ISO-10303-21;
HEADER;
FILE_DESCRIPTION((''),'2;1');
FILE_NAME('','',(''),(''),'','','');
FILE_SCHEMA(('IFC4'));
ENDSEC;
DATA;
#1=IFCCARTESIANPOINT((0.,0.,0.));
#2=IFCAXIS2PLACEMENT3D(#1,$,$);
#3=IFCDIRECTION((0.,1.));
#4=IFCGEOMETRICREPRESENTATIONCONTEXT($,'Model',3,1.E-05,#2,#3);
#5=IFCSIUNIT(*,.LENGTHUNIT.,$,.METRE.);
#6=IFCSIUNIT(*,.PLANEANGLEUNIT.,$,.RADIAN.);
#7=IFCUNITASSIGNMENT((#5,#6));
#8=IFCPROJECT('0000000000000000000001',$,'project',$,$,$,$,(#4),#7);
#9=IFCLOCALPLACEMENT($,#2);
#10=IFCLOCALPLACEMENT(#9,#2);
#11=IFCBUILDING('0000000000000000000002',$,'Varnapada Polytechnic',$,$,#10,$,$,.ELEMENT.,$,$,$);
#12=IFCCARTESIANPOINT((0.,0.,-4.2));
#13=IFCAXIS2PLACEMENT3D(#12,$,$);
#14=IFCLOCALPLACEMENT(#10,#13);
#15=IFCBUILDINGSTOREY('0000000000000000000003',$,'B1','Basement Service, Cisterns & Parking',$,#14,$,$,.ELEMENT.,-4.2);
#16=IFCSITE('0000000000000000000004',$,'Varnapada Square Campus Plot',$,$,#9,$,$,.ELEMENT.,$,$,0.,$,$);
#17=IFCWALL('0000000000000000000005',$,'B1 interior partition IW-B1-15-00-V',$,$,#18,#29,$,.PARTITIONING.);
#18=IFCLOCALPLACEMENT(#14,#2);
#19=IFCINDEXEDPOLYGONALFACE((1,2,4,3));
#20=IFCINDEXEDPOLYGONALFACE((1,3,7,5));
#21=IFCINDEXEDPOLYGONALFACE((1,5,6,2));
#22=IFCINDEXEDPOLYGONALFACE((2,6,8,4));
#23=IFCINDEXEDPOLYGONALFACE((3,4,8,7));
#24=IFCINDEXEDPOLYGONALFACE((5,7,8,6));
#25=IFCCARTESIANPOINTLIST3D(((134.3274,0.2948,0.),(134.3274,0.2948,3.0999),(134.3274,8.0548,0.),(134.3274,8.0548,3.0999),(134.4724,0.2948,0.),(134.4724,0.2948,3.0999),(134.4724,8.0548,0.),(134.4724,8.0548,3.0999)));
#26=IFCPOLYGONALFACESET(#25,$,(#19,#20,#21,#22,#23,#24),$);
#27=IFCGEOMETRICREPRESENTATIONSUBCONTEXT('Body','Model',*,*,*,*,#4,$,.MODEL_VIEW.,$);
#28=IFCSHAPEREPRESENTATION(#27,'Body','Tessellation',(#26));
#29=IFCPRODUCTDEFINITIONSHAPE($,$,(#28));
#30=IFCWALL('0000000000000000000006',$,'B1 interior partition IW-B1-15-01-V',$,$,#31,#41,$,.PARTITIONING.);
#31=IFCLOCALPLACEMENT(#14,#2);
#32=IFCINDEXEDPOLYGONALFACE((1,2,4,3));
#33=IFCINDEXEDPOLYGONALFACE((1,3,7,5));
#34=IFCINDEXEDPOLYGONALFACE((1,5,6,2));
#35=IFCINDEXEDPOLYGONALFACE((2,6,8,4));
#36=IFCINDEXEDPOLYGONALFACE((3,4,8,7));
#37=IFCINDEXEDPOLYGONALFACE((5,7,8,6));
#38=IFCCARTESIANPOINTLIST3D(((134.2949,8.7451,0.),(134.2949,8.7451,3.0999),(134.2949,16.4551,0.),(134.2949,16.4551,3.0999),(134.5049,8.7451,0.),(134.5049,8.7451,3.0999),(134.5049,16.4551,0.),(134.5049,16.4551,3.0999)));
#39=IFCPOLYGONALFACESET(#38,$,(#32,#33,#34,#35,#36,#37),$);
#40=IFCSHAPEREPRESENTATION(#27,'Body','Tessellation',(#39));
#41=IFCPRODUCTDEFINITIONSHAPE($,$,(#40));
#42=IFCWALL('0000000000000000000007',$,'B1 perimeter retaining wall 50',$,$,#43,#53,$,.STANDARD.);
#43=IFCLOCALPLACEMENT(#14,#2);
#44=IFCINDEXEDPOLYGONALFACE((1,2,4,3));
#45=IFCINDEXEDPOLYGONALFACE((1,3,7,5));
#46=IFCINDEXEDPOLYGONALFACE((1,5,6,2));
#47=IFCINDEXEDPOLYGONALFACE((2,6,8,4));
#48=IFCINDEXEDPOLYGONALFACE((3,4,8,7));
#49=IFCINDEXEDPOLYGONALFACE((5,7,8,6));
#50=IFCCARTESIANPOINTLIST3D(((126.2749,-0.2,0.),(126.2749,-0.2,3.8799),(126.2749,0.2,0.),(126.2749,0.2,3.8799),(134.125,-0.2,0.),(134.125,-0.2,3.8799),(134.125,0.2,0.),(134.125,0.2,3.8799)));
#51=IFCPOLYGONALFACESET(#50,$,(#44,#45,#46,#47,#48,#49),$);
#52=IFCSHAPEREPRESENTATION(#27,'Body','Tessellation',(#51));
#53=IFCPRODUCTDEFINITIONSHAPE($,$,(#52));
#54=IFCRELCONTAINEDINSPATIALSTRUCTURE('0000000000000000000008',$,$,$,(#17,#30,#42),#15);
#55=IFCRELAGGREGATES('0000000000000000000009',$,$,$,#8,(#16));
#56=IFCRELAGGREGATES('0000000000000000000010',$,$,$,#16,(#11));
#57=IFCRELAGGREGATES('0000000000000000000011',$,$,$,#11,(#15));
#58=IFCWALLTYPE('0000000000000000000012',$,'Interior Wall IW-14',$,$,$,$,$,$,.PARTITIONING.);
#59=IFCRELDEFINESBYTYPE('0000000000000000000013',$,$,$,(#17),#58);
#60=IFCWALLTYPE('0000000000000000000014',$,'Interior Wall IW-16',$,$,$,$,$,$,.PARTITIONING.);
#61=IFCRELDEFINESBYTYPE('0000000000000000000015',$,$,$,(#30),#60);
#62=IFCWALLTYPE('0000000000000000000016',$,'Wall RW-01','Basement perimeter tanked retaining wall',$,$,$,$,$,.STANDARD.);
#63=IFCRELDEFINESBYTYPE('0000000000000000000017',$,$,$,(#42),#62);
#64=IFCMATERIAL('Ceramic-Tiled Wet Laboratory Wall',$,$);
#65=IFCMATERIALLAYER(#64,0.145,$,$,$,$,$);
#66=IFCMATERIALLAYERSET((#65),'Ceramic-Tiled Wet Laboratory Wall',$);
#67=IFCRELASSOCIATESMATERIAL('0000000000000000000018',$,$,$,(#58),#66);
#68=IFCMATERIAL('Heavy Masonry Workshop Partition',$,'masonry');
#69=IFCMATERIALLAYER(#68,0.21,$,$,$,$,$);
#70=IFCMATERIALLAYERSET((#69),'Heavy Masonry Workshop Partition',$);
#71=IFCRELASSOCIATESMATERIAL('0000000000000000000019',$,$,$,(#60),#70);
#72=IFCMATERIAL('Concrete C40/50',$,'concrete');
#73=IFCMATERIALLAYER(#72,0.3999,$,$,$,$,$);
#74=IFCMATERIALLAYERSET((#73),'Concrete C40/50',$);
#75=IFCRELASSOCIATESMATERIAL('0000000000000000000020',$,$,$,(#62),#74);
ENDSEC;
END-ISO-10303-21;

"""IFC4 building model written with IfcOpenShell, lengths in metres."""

from ifc_helpers import new_model, si_unit, direction, frame, frame_2d, origin, place, context, subcontext, project, spatial, rectangle, extrude, material, layer, layer_set, type_object, element, save


model = new_model("IFC4")

# Units and contexts
model_context = context("Model", 3, precision=1e-05, world=origin(), true_north=direction((0.0, 1.0)))
body_context = subcontext(model_context, "Body", "Model", "MODEL_VIEW")
ifc_project = project(units=[si_unit("LENGTHUNIT", "METRE"), si_unit("PLANEANGLEUNIT", "RADIAN")], contexts=[model_context])

# Site, building, storey
site_placement = place(None, origin())
site = spatial("IfcSite", under=ifc_project, at=site_placement, Name="Varnapada Square Campus Plot", CompositionType="ELEMENT", RefElevation=0.0)
building_placement = place(site_placement, origin())
building = spatial("IfcBuilding", under=site, at=building_placement, Name="Varnapada Polytechnic", CompositionType="ELEMENT")
storey_placement = place(building_placement, frame((0.0, 0.0, -4.2)))
storey = spatial("IfcBuildingStorey", under=building, at=storey_placement, Name="B1", Description="Basement Service, Cisterns & Parking", CompositionType="ELEMENT", Elevation=-4.2)

# Shared definitions
ifc_material_1 = material(Name="Concrete C40/50", Category="concrete")

# Walls
ifc_material_2 = material(Name="Ceramic-Tiled Wet Laboratory Wall")
ifc_layer_1 = layer(ifc_material_2, 0.145)
ifc_layer_set_1 = layer_set([ifc_layer_1], Name="Ceramic-Tiled Wet Laboratory Wall")
wall_type_1 = type_object("IfcWallType", Name="Interior Wall IW-14", PredefinedType="PARTITIONING", material=ifc_layer_set_1)
wall_1_placement = place(storey_placement, frame((134.3999, 0.2949, 0.0), z_axis=(0.0, 0.0, 1.0), x_axis=(0.0, 1.0, 0.0)))
element("IfcWall", 1, at=wall_1_placement, inside=storey, type_object=wall_type_1, Name="B1 interior partition IW-B1-15-00-V", PredefinedType="PARTITIONING", context=body_context, shape_type="SweptSolid", body=[
    extrude(rectangle(XDim=7.76, YDim=0.145, at=frame_2d((3.8799, 0.0))), origin(), (0.0, 0.0, 1.0), 3.0999),
])
ifc_material_3 = material(Name="Heavy Masonry Workshop Partition", Category="masonry")
ifc_layer_2 = layer(ifc_material_3, 0.21)
ifc_layer_set_2 = layer_set([ifc_layer_2], Name="Heavy Masonry Workshop Partition")
wall_type_2 = type_object("IfcWallType", Name="Interior Wall IW-16", PredefinedType="PARTITIONING", material=ifc_layer_set_2)
wall_2_placement = place(storey_placement, frame((134.3999, 8.7451, 0.0), z_axis=(0.0, 0.0, 1.0), x_axis=(0.0, 1.0, 0.0)))
element("IfcWall", 2, at=wall_2_placement, inside=storey, type_object=wall_type_2, Name="B1 interior partition IW-B1-15-01-V", PredefinedType="PARTITIONING", context=body_context, shape_type="SweptSolid", body=[
    extrude(rectangle(XDim=7.71, YDim=0.21, at=frame_2d((3.855, 0.0))), origin(), (0.0, 0.0, 1.0), 3.0999),
])
ifc_layer_3 = layer(ifc_material_1, 0.3999)
ifc_layer_set_3 = layer_set([ifc_layer_3], Name="Concrete C40/50")
wall_type_3 = type_object("IfcWallType", Name="Wall RW-01", Description="Basement perimeter tanked retaining wall", PredefinedType="STANDARD", material=ifc_layer_set_3)
wall_3_placement = place(storey_placement, frame((134.125, 0.0, 0.0), z_axis=(0.0, 0.0, 1.0), x_axis=(-1.0, 0.0, 0.0)))
element("IfcWall", 3, at=wall_3_placement, inside=storey, type_object=wall_type_3, Name="B1 perimeter retaining wall 50", PredefinedType="STANDARD", context=body_context, shape_type="SweptSolid", body=[
    extrude(rectangle(XDim=7.8501, YDim=0.3999, at=frame_2d((3.925, 0.0))), origin(), (0.0, 0.0, 1.0), 3.8799),
])

save(model, "model.ifc")
